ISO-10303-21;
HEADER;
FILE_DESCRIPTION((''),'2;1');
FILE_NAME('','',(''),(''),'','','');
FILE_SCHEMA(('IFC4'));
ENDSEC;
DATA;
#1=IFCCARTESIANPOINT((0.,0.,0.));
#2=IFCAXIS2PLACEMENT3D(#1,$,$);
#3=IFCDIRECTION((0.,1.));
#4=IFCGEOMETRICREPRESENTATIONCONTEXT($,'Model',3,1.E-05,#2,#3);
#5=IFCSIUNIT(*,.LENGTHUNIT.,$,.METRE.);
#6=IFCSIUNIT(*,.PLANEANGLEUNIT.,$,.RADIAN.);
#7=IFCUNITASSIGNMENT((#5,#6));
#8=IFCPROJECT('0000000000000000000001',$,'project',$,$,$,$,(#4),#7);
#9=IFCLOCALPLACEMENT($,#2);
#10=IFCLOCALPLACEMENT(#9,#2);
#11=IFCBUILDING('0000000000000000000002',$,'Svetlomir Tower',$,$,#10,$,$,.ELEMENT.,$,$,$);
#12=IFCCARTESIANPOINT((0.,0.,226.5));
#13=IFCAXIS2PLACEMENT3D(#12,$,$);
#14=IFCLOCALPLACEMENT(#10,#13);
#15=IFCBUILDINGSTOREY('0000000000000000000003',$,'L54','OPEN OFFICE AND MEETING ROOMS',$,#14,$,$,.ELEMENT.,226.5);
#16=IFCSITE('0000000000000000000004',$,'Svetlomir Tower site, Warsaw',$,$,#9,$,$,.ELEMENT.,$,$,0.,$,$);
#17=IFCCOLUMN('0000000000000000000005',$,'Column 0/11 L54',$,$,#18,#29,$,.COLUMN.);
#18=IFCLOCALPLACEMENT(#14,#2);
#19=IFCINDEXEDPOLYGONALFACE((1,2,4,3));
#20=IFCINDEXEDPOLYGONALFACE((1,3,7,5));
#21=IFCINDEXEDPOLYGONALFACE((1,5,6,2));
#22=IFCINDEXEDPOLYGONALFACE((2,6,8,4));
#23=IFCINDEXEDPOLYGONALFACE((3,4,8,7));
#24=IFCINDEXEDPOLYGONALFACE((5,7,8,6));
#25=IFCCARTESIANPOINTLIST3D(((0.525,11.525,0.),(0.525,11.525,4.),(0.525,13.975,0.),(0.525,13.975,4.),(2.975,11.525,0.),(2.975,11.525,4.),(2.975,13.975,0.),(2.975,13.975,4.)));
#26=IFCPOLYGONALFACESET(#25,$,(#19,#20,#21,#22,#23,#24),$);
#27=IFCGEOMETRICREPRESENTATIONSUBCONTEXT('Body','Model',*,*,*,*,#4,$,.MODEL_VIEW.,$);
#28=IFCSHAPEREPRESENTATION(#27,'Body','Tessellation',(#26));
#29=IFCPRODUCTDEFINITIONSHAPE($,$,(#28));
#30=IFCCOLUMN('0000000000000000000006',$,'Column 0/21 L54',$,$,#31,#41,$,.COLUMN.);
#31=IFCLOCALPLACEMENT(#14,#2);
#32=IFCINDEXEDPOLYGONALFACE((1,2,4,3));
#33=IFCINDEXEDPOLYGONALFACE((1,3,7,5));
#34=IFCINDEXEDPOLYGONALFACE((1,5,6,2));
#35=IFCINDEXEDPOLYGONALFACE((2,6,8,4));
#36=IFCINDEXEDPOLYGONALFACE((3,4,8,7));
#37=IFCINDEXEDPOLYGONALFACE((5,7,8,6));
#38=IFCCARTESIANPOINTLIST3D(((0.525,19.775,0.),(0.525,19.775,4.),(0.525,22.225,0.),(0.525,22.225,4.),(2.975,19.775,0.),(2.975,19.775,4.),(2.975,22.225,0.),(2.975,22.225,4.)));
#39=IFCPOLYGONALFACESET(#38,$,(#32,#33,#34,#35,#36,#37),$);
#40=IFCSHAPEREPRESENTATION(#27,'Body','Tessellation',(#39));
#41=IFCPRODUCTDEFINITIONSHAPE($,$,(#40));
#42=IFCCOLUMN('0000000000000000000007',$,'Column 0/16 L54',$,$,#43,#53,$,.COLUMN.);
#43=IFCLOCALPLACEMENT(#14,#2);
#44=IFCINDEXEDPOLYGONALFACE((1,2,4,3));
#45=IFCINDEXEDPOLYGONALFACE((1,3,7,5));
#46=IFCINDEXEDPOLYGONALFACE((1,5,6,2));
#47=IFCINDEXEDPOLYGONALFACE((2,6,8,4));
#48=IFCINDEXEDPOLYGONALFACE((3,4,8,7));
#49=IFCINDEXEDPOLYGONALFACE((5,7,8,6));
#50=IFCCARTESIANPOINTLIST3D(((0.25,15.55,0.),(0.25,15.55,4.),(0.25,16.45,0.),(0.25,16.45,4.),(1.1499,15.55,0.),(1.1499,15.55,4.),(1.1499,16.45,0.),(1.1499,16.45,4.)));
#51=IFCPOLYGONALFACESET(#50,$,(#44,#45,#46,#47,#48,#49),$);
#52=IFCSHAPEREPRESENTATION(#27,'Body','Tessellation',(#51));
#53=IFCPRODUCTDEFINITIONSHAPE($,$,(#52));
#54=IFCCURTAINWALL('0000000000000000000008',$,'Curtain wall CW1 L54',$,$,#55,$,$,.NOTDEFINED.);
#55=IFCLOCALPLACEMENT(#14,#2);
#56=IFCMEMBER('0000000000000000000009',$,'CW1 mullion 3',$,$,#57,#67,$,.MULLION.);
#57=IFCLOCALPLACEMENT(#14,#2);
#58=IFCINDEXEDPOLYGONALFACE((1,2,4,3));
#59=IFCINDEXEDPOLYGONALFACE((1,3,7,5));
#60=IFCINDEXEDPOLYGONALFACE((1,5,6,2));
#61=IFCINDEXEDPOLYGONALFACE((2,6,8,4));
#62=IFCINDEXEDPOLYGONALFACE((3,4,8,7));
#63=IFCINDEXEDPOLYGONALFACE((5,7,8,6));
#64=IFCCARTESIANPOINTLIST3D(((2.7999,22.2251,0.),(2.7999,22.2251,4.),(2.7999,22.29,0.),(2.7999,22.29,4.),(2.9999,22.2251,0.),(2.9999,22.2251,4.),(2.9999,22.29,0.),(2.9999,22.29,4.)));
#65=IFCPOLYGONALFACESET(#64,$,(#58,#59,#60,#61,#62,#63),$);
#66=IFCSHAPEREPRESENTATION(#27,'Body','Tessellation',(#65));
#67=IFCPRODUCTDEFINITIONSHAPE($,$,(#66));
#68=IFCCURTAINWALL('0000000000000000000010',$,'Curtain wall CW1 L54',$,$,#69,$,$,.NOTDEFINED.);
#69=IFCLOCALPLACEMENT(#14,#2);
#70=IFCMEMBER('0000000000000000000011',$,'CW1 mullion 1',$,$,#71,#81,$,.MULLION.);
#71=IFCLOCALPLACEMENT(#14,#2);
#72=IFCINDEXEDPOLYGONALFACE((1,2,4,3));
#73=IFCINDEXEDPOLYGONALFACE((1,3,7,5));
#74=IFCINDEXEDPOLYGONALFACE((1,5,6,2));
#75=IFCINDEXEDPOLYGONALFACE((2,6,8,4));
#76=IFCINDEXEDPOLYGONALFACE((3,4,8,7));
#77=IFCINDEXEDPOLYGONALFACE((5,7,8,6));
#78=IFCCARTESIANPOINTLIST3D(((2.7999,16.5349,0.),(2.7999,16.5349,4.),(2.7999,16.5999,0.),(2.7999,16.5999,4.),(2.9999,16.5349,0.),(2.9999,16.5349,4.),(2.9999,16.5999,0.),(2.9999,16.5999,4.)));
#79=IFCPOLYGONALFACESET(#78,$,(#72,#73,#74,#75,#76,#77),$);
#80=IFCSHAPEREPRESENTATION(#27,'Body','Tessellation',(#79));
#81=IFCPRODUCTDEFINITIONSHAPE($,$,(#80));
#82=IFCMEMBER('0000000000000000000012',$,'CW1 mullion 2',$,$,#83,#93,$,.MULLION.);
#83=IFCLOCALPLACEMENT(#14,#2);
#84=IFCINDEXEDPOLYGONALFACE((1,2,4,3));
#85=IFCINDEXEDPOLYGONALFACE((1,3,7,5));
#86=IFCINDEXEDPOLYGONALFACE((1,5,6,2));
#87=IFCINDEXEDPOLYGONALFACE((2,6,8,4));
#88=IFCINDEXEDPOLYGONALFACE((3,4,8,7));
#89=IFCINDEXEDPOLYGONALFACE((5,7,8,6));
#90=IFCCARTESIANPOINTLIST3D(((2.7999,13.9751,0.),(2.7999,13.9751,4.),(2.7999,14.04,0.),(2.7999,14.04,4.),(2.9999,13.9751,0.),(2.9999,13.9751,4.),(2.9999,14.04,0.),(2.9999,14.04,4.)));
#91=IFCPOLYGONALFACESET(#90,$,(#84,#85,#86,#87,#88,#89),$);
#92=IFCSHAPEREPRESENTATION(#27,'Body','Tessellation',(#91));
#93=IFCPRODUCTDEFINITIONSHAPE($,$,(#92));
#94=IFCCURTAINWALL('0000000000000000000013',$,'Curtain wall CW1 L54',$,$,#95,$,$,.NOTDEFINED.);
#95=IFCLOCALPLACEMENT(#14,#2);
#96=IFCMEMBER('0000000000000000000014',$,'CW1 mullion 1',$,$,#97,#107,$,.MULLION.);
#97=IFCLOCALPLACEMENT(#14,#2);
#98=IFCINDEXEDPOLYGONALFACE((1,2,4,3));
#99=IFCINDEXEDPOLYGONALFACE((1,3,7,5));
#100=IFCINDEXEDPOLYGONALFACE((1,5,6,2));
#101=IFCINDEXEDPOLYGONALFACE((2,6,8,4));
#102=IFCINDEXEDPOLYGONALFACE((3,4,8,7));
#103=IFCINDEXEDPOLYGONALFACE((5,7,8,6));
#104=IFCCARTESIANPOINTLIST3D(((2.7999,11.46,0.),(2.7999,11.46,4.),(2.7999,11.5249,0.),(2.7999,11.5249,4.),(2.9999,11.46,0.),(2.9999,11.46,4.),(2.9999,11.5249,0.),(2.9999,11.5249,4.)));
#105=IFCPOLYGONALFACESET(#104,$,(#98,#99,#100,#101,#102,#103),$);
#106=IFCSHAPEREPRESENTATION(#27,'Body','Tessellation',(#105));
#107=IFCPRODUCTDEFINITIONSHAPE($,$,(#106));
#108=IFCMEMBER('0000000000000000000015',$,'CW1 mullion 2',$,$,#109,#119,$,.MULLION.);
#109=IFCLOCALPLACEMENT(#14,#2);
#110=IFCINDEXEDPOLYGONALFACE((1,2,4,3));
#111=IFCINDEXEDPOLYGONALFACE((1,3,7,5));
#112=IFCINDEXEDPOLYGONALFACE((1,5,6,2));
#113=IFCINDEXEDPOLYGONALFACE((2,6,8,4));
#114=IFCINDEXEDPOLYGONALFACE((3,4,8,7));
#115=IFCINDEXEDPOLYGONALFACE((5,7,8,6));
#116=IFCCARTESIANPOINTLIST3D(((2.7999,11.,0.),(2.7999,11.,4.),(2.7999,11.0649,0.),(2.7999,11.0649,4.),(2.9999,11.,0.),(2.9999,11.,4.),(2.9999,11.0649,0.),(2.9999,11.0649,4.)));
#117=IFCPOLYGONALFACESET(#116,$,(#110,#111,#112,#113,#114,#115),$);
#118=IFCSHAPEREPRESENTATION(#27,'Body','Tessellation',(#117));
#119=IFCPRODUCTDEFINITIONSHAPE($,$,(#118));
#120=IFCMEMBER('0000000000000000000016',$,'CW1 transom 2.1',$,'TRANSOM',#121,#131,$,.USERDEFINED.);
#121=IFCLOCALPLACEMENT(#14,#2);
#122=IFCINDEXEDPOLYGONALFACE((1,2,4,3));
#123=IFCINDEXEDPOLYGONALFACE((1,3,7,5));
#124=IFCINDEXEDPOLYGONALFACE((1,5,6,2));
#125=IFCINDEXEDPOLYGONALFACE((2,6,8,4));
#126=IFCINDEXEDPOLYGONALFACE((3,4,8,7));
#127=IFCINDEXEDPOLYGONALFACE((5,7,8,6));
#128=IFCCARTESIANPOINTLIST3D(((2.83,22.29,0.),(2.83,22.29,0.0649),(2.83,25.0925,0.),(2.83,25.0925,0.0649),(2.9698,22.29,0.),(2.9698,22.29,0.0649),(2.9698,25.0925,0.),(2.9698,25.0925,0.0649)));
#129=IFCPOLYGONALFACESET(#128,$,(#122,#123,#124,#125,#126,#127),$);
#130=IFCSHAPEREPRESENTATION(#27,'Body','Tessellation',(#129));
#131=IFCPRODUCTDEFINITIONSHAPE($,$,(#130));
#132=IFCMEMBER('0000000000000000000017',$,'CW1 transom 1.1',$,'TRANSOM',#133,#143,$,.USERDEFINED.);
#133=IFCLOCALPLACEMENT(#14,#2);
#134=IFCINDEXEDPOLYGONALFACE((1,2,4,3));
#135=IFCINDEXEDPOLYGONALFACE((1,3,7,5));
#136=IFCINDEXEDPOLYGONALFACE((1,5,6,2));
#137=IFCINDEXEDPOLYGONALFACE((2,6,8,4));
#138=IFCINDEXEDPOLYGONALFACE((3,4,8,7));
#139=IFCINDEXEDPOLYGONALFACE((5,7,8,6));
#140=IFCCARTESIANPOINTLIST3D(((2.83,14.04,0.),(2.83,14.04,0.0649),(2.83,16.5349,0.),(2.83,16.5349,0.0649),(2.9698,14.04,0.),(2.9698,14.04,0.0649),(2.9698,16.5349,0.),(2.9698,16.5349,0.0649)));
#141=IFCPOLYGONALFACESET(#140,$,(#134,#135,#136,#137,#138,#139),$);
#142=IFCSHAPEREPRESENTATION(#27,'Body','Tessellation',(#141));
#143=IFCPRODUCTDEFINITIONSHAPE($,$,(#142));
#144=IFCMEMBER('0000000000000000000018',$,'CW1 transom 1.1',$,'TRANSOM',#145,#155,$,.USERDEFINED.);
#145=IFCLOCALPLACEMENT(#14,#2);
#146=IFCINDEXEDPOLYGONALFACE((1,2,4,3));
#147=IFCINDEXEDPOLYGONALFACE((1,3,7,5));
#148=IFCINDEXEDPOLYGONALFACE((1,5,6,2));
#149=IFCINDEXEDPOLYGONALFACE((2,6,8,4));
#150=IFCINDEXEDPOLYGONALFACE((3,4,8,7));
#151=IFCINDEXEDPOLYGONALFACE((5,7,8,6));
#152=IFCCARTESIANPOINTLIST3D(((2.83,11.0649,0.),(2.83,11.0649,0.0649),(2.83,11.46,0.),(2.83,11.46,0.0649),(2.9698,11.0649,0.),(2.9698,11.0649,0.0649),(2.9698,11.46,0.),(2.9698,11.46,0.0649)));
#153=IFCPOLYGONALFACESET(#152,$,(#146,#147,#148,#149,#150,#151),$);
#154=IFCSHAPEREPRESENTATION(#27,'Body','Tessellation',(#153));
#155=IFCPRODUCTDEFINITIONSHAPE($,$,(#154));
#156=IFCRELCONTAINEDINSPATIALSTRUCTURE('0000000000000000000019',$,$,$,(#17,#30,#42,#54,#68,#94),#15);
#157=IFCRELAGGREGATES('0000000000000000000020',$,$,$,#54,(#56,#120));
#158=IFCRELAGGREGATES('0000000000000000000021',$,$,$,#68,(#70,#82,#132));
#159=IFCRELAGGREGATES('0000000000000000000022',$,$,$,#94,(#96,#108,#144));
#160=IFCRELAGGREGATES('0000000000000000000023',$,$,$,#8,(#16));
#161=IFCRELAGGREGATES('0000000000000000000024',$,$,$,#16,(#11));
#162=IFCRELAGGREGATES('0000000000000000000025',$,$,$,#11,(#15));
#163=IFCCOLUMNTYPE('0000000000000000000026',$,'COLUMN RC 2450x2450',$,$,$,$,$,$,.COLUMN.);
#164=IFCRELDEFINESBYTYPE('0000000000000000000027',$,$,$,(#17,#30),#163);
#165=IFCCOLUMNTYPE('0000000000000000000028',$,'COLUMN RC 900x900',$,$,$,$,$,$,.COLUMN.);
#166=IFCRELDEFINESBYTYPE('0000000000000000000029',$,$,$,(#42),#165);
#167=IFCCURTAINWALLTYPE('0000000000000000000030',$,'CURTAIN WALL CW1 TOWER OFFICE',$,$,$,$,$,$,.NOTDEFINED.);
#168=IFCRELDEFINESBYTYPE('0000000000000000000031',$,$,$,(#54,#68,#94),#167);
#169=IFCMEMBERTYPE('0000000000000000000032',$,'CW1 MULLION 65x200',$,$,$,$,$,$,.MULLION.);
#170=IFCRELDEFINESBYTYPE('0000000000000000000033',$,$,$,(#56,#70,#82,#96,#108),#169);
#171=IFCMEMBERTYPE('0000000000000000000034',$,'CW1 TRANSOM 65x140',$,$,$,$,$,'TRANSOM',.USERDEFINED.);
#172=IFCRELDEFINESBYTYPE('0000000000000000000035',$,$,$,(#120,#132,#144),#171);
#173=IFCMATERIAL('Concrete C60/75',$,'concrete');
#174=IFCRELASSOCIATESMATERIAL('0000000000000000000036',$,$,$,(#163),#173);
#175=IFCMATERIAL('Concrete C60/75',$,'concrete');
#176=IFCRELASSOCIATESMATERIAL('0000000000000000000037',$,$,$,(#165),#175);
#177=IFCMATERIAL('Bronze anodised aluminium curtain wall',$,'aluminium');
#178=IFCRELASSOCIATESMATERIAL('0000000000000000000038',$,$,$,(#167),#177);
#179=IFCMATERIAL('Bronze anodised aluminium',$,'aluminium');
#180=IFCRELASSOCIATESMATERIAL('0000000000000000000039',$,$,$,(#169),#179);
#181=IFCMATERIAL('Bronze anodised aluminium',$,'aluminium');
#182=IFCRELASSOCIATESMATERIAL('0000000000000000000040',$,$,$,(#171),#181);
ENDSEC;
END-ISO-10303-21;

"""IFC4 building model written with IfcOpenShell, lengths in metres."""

from ifc_helpers import new_model, si_unit, direction, frame, origin, origin_2d, place, context, subcontext, project, spatial, rectangle, extrude, material, material_profile, profile_set, type_object, element, aggregate, save


model = new_model("IFC4")

# Units and contexts
model_context = context("Model", 3, precision=1e-05, world=origin(), true_north=direction((0.0, 1.0)))
body_context = subcontext(model_context, "Body", "Model", "MODEL_VIEW")
ifc_project = project(units=[si_unit("LENGTHUNIT", "METRE"), si_unit("PLANEANGLEUNIT", "RADIAN")], contexts=[model_context])

# Site, building, storey
site_placement = place(None, origin())
site = spatial("IfcSite", under=ifc_project, at=site_placement, Name="Svetlomir Tower site, Warsaw", CompositionType="ELEMENT", RefElevation=0.0)
building_placement = place(site_placement, origin())
building = spatial("IfcBuilding", under=site, at=building_placement, Name="Svetlomir Tower", CompositionType="ELEMENT")
storey_placement = place(building_placement, frame((0.0, 0.0, 226.5)))
storey = spatial("IfcBuildingStorey", under=building, at=storey_placement, Name="L54", Description="OPEN OFFICE AND MEETING ROOMS", CompositionType="ELEMENT", Elevation=226.5)

# Columns
ifc_material_1 = material(Name="Concrete C60/75", Category="concrete")
ifc_material_profile_1 = material_profile(ifc_material_1, rectangle(XDim=2.45, YDim=2.45, at=origin_2d()), Name="RC 2450x2450")
ifc_profile_set_1 = profile_set([ifc_material_profile_1], Name="Concrete C60/75")
column_type_1 = type_object("IfcColumnType", Name="COLUMN RC 2450x2450", PredefinedType="COLUMN", material=ifc_profile_set_1)
for number, where, z_axis, x_axis, name in (
    (1, (1.75, 12.75, 0.0), (0.0, 0.0, 1.0), (1.0, 0.0, 0.0), "Column 0/11 L54"),
    (2, (1.75, 21.0, 0.0), (0.0, 0.0, 1.0), (1.0, 0.0, 0.0), "Column 0/21 L54"),
):
    element("IfcColumn", number, at=place(storey_placement, frame(where, z_axis=z_axis, x_axis=x_axis)), inside=storey, type_object=column_type_1, Name=name, PredefinedType="COLUMN", context=body_context, shape_type="SweptSolid", body=[
        extrude(rectangle(XDim=2.45, YDim=2.45, at=origin_2d()), origin(), (0.0, 0.0, 1.0), 4.0),
    ])
ifc_material_2 = material(Name="Concrete C60/75", Category="concrete")
ifc_material_profile_2 = material_profile(ifc_material_2, rectangle(XDim=0.8999, YDim=0.8999, at=origin_2d()), Name="RC 900x900")
ifc_profile_set_2 = profile_set([ifc_material_profile_2], Name="Concrete C60/75")
column_type_2 = type_object("IfcColumnType", Name="COLUMN RC 900x900", PredefinedType="COLUMN", material=ifc_profile_set_2)
column_placement = place(storey_placement, frame((0.7, 16.0, 0.0), z_axis=(0.0, 0.0, 1.0), x_axis=(1.0, 0.0, 0.0)))
element("IfcColumn", 3, at=column_placement, inside=storey, type_object=column_type_2, Name="Column 0/16 L54", PredefinedType="COLUMN", context=body_context, shape_type="SweptSolid", body=[
    extrude(rectangle(XDim=0.8999, YDim=0.8999, at=origin_2d()), origin(), (0.0, 0.0, 1.0), 4.0),
])

# Curtain wall, member
ifc_material_3 = material(Name="Bronze anodised aluminium curtain wall", Category="aluminium")
curtain_wall_type = type_object("IfcCurtainWallType", Name="CURTAIN WALL CW1 TOWER OFFICE", PredefinedType="NOTDEFINED", material=ifc_material_3)
curtain_wall_1_placement = place(storey_placement, origin())
curtain_wall_1 = element("IfcCurtainWall", 4, at=curtain_wall_1_placement, inside=storey, type_object=curtain_wall_type, Name="Curtain wall CW1 L54", PredefinedType="NOTDEFINED")
ifc_material_4 = material(Name="Bronze anodised aluminium", Category="aluminium")
ifc_material_profile_3 = material_profile(ifc_material_4, rectangle(XDim=0.0649, YDim=0.2, at=origin_2d()), Name="AL 65x200")
ifc_profile_set_3 = profile_set([ifc_material_profile_3], Name="Bronze anodised aluminium 6063-T6")
member_type_1 = type_object("IfcMemberType", Name="CW1 MULLION 65x200", PredefinedType="MULLION", material=ifc_profile_set_3)
member_1_placement = place(storey_placement, frame((2.8999, 22.2576, 0.0), z_axis=(0.0, 0.0, 1.0), x_axis=(0.0, -1.0, 0.0)))
member_1 = element("IfcMember", 5, at=member_1_placement, type_object=member_type_1, Name="CW1 mullion 3", PredefinedType="MULLION", context=body_context, shape_type="SweptSolid", body=[
    extrude(rectangle(XDim=0.0649, YDim=0.2, at=origin_2d()), origin(), (0.0, 0.0, 1.0), 4.0),
])

# Curtain walls, members
curtain_wall_2_placement = place(storey_placement, origin())
curtain_wall_2 = element("IfcCurtainWall", 6, at=curtain_wall_2_placement, inside=storey, type_object=curtain_wall_type, Name="Curtain wall CW1 L54", PredefinedType="NOTDEFINED")
member_2_placement = place(storey_placement, frame((2.8999, 16.5674, 0.0), z_axis=(0.0, 0.0, 1.0), x_axis=(0.0, -1.0, 0.0)))
member_2 = element("IfcMember", 7, at=member_2_placement, type_object=member_type_1, Name="CW1 mullion 1", PredefinedType="MULLION", context=body_context, shape_type="SweptSolid", body=[
    extrude(rectangle(XDim=0.0649, YDim=0.2, at=origin_2d()), origin(), (0.0, 0.0, 1.0), 4.0),
])
member_3_placement = place(storey_placement, frame((2.8999, 14.0076, 0.0), z_axis=(0.0, 0.0, 1.0), x_axis=(0.0, -1.0, 0.0)))
member_3 = element("IfcMember", 8, at=member_3_placement, type_object=member_type_1, Name="CW1 mullion 2", PredefinedType="MULLION", context=body_context, shape_type="SweptSolid", body=[
    extrude(rectangle(XDim=0.0649, YDim=0.2, at=origin_2d()), origin(), (0.0, 0.0, 1.0), 4.0),
])
curtain_wall_3_placement = place(storey_placement, origin())
curtain_wall_3 = element("IfcCurtainWall", 9, at=curtain_wall_3_placement, inside=storey, type_object=curtain_wall_type, Name="Curtain wall CW1 L54", PredefinedType="NOTDEFINED")
member_4_placement = place(storey_placement, frame((2.8999, 11.4924, 0.0), z_axis=(0.0, 0.0, 1.0), x_axis=(0.0, -1.0, 0.0)))
member_4 = element("IfcMember", 10, at=member_4_placement, type_object=member_type_1, Name="CW1 mullion 1", PredefinedType="MULLION", context=body_context, shape_type="SweptSolid", body=[
    extrude(rectangle(XDim=0.0649, YDim=0.2, at=origin_2d()), origin(), (0.0, 0.0, 1.0), 4.0),
])
member_5_placement = place(storey_placement, frame((2.8999, 11.0325, 0.0), z_axis=(0.0, 0.0, 1.0), x_axis=(0.0, -1.0, 0.0)))
member_5 = element("IfcMember", 11, at=member_5_placement, type_object=member_type_1, Name="CW1 mullion 2", PredefinedType="MULLION", context=body_context, shape_type="SweptSolid", body=[
    extrude(rectangle(XDim=0.0649, YDim=0.2, at=origin_2d()), origin(), (0.0, 0.0, 1.0), 4.0),
])

# Members
ifc_material_5 = material(Name="Bronze anodised aluminium", Category="aluminium")
ifc_material_profile_4 = material_profile(ifc_material_5, rectangle(XDim=0.1399, YDim=0.0649, at=origin_2d()), Name="AL 140x65")
ifc_profile_set_4 = profile_set([ifc_material_profile_4], Name="Bronze anodised aluminium 6063-T6")
member_type_2 = type_object("IfcMemberType", Name="CW1 TRANSOM 65x140", ElementType="TRANSOM", PredefinedType="USERDEFINED", material=ifc_profile_set_4)
member_6_placement = place(storey_placement, frame((2.8999, 25.0925, 0.0325), z_axis=(0.0, -1.0, 0.0), x_axis=(1.0, 0.0, 0.0)))
member_6 = element("IfcMember", 12, at=member_6_placement, type_object=member_type_2, Name="CW1 transom 2.1", ObjectType="TRANSOM", PredefinedType="USERDEFINED", context=body_context, shape_type="SweptSolid", body=[
    extrude(rectangle(XDim=0.1399, YDim=0.0649, at=origin_2d()), origin(), (0.0, 0.0, 1.0), 2.8025),
])
member_7_placement = place(storey_placement, frame((2.8999, 16.5349, 0.0325), z_axis=(0.0, -1.0, 0.0), x_axis=(1.0, 0.0, 0.0)))
member_7 = element("IfcMember", 13, at=member_7_placement, type_object=member_type_2, Name="CW1 transom 1.1", ObjectType="TRANSOM", PredefinedType="USERDEFINED", context=body_context, shape_type="SweptSolid", body=[
    extrude(rectangle(XDim=0.1399, YDim=0.0649, at=origin_2d()), origin(), (0.0, 0.0, 1.0), 2.4949),
])
member_8_placement = place(storey_placement, frame((2.8999, 11.46, 0.0325), z_axis=(0.0, -1.0, 0.0), x_axis=(1.0, 0.0, 0.0)))
member_8 = element("IfcMember", 14, at=member_8_placement, type_object=member_type_2, Name="CW1 transom 1.1", ObjectType="TRANSOM", PredefinedType="USERDEFINED", context=body_context, shape_type="SweptSolid", body=[
    extrude(rectangle(XDim=0.1399, YDim=0.0649, at=origin_2d()), origin(), (0.0, 0.0, 1.0), 0.395),
])

aggregate(curtain_wall_1, [member_1, member_6])
aggregate(curtain_wall_2, [member_2, member_3, member_7])
aggregate(curtain_wall_3, [member_4, member_5, member_8])

save(model, "model.ifc")
